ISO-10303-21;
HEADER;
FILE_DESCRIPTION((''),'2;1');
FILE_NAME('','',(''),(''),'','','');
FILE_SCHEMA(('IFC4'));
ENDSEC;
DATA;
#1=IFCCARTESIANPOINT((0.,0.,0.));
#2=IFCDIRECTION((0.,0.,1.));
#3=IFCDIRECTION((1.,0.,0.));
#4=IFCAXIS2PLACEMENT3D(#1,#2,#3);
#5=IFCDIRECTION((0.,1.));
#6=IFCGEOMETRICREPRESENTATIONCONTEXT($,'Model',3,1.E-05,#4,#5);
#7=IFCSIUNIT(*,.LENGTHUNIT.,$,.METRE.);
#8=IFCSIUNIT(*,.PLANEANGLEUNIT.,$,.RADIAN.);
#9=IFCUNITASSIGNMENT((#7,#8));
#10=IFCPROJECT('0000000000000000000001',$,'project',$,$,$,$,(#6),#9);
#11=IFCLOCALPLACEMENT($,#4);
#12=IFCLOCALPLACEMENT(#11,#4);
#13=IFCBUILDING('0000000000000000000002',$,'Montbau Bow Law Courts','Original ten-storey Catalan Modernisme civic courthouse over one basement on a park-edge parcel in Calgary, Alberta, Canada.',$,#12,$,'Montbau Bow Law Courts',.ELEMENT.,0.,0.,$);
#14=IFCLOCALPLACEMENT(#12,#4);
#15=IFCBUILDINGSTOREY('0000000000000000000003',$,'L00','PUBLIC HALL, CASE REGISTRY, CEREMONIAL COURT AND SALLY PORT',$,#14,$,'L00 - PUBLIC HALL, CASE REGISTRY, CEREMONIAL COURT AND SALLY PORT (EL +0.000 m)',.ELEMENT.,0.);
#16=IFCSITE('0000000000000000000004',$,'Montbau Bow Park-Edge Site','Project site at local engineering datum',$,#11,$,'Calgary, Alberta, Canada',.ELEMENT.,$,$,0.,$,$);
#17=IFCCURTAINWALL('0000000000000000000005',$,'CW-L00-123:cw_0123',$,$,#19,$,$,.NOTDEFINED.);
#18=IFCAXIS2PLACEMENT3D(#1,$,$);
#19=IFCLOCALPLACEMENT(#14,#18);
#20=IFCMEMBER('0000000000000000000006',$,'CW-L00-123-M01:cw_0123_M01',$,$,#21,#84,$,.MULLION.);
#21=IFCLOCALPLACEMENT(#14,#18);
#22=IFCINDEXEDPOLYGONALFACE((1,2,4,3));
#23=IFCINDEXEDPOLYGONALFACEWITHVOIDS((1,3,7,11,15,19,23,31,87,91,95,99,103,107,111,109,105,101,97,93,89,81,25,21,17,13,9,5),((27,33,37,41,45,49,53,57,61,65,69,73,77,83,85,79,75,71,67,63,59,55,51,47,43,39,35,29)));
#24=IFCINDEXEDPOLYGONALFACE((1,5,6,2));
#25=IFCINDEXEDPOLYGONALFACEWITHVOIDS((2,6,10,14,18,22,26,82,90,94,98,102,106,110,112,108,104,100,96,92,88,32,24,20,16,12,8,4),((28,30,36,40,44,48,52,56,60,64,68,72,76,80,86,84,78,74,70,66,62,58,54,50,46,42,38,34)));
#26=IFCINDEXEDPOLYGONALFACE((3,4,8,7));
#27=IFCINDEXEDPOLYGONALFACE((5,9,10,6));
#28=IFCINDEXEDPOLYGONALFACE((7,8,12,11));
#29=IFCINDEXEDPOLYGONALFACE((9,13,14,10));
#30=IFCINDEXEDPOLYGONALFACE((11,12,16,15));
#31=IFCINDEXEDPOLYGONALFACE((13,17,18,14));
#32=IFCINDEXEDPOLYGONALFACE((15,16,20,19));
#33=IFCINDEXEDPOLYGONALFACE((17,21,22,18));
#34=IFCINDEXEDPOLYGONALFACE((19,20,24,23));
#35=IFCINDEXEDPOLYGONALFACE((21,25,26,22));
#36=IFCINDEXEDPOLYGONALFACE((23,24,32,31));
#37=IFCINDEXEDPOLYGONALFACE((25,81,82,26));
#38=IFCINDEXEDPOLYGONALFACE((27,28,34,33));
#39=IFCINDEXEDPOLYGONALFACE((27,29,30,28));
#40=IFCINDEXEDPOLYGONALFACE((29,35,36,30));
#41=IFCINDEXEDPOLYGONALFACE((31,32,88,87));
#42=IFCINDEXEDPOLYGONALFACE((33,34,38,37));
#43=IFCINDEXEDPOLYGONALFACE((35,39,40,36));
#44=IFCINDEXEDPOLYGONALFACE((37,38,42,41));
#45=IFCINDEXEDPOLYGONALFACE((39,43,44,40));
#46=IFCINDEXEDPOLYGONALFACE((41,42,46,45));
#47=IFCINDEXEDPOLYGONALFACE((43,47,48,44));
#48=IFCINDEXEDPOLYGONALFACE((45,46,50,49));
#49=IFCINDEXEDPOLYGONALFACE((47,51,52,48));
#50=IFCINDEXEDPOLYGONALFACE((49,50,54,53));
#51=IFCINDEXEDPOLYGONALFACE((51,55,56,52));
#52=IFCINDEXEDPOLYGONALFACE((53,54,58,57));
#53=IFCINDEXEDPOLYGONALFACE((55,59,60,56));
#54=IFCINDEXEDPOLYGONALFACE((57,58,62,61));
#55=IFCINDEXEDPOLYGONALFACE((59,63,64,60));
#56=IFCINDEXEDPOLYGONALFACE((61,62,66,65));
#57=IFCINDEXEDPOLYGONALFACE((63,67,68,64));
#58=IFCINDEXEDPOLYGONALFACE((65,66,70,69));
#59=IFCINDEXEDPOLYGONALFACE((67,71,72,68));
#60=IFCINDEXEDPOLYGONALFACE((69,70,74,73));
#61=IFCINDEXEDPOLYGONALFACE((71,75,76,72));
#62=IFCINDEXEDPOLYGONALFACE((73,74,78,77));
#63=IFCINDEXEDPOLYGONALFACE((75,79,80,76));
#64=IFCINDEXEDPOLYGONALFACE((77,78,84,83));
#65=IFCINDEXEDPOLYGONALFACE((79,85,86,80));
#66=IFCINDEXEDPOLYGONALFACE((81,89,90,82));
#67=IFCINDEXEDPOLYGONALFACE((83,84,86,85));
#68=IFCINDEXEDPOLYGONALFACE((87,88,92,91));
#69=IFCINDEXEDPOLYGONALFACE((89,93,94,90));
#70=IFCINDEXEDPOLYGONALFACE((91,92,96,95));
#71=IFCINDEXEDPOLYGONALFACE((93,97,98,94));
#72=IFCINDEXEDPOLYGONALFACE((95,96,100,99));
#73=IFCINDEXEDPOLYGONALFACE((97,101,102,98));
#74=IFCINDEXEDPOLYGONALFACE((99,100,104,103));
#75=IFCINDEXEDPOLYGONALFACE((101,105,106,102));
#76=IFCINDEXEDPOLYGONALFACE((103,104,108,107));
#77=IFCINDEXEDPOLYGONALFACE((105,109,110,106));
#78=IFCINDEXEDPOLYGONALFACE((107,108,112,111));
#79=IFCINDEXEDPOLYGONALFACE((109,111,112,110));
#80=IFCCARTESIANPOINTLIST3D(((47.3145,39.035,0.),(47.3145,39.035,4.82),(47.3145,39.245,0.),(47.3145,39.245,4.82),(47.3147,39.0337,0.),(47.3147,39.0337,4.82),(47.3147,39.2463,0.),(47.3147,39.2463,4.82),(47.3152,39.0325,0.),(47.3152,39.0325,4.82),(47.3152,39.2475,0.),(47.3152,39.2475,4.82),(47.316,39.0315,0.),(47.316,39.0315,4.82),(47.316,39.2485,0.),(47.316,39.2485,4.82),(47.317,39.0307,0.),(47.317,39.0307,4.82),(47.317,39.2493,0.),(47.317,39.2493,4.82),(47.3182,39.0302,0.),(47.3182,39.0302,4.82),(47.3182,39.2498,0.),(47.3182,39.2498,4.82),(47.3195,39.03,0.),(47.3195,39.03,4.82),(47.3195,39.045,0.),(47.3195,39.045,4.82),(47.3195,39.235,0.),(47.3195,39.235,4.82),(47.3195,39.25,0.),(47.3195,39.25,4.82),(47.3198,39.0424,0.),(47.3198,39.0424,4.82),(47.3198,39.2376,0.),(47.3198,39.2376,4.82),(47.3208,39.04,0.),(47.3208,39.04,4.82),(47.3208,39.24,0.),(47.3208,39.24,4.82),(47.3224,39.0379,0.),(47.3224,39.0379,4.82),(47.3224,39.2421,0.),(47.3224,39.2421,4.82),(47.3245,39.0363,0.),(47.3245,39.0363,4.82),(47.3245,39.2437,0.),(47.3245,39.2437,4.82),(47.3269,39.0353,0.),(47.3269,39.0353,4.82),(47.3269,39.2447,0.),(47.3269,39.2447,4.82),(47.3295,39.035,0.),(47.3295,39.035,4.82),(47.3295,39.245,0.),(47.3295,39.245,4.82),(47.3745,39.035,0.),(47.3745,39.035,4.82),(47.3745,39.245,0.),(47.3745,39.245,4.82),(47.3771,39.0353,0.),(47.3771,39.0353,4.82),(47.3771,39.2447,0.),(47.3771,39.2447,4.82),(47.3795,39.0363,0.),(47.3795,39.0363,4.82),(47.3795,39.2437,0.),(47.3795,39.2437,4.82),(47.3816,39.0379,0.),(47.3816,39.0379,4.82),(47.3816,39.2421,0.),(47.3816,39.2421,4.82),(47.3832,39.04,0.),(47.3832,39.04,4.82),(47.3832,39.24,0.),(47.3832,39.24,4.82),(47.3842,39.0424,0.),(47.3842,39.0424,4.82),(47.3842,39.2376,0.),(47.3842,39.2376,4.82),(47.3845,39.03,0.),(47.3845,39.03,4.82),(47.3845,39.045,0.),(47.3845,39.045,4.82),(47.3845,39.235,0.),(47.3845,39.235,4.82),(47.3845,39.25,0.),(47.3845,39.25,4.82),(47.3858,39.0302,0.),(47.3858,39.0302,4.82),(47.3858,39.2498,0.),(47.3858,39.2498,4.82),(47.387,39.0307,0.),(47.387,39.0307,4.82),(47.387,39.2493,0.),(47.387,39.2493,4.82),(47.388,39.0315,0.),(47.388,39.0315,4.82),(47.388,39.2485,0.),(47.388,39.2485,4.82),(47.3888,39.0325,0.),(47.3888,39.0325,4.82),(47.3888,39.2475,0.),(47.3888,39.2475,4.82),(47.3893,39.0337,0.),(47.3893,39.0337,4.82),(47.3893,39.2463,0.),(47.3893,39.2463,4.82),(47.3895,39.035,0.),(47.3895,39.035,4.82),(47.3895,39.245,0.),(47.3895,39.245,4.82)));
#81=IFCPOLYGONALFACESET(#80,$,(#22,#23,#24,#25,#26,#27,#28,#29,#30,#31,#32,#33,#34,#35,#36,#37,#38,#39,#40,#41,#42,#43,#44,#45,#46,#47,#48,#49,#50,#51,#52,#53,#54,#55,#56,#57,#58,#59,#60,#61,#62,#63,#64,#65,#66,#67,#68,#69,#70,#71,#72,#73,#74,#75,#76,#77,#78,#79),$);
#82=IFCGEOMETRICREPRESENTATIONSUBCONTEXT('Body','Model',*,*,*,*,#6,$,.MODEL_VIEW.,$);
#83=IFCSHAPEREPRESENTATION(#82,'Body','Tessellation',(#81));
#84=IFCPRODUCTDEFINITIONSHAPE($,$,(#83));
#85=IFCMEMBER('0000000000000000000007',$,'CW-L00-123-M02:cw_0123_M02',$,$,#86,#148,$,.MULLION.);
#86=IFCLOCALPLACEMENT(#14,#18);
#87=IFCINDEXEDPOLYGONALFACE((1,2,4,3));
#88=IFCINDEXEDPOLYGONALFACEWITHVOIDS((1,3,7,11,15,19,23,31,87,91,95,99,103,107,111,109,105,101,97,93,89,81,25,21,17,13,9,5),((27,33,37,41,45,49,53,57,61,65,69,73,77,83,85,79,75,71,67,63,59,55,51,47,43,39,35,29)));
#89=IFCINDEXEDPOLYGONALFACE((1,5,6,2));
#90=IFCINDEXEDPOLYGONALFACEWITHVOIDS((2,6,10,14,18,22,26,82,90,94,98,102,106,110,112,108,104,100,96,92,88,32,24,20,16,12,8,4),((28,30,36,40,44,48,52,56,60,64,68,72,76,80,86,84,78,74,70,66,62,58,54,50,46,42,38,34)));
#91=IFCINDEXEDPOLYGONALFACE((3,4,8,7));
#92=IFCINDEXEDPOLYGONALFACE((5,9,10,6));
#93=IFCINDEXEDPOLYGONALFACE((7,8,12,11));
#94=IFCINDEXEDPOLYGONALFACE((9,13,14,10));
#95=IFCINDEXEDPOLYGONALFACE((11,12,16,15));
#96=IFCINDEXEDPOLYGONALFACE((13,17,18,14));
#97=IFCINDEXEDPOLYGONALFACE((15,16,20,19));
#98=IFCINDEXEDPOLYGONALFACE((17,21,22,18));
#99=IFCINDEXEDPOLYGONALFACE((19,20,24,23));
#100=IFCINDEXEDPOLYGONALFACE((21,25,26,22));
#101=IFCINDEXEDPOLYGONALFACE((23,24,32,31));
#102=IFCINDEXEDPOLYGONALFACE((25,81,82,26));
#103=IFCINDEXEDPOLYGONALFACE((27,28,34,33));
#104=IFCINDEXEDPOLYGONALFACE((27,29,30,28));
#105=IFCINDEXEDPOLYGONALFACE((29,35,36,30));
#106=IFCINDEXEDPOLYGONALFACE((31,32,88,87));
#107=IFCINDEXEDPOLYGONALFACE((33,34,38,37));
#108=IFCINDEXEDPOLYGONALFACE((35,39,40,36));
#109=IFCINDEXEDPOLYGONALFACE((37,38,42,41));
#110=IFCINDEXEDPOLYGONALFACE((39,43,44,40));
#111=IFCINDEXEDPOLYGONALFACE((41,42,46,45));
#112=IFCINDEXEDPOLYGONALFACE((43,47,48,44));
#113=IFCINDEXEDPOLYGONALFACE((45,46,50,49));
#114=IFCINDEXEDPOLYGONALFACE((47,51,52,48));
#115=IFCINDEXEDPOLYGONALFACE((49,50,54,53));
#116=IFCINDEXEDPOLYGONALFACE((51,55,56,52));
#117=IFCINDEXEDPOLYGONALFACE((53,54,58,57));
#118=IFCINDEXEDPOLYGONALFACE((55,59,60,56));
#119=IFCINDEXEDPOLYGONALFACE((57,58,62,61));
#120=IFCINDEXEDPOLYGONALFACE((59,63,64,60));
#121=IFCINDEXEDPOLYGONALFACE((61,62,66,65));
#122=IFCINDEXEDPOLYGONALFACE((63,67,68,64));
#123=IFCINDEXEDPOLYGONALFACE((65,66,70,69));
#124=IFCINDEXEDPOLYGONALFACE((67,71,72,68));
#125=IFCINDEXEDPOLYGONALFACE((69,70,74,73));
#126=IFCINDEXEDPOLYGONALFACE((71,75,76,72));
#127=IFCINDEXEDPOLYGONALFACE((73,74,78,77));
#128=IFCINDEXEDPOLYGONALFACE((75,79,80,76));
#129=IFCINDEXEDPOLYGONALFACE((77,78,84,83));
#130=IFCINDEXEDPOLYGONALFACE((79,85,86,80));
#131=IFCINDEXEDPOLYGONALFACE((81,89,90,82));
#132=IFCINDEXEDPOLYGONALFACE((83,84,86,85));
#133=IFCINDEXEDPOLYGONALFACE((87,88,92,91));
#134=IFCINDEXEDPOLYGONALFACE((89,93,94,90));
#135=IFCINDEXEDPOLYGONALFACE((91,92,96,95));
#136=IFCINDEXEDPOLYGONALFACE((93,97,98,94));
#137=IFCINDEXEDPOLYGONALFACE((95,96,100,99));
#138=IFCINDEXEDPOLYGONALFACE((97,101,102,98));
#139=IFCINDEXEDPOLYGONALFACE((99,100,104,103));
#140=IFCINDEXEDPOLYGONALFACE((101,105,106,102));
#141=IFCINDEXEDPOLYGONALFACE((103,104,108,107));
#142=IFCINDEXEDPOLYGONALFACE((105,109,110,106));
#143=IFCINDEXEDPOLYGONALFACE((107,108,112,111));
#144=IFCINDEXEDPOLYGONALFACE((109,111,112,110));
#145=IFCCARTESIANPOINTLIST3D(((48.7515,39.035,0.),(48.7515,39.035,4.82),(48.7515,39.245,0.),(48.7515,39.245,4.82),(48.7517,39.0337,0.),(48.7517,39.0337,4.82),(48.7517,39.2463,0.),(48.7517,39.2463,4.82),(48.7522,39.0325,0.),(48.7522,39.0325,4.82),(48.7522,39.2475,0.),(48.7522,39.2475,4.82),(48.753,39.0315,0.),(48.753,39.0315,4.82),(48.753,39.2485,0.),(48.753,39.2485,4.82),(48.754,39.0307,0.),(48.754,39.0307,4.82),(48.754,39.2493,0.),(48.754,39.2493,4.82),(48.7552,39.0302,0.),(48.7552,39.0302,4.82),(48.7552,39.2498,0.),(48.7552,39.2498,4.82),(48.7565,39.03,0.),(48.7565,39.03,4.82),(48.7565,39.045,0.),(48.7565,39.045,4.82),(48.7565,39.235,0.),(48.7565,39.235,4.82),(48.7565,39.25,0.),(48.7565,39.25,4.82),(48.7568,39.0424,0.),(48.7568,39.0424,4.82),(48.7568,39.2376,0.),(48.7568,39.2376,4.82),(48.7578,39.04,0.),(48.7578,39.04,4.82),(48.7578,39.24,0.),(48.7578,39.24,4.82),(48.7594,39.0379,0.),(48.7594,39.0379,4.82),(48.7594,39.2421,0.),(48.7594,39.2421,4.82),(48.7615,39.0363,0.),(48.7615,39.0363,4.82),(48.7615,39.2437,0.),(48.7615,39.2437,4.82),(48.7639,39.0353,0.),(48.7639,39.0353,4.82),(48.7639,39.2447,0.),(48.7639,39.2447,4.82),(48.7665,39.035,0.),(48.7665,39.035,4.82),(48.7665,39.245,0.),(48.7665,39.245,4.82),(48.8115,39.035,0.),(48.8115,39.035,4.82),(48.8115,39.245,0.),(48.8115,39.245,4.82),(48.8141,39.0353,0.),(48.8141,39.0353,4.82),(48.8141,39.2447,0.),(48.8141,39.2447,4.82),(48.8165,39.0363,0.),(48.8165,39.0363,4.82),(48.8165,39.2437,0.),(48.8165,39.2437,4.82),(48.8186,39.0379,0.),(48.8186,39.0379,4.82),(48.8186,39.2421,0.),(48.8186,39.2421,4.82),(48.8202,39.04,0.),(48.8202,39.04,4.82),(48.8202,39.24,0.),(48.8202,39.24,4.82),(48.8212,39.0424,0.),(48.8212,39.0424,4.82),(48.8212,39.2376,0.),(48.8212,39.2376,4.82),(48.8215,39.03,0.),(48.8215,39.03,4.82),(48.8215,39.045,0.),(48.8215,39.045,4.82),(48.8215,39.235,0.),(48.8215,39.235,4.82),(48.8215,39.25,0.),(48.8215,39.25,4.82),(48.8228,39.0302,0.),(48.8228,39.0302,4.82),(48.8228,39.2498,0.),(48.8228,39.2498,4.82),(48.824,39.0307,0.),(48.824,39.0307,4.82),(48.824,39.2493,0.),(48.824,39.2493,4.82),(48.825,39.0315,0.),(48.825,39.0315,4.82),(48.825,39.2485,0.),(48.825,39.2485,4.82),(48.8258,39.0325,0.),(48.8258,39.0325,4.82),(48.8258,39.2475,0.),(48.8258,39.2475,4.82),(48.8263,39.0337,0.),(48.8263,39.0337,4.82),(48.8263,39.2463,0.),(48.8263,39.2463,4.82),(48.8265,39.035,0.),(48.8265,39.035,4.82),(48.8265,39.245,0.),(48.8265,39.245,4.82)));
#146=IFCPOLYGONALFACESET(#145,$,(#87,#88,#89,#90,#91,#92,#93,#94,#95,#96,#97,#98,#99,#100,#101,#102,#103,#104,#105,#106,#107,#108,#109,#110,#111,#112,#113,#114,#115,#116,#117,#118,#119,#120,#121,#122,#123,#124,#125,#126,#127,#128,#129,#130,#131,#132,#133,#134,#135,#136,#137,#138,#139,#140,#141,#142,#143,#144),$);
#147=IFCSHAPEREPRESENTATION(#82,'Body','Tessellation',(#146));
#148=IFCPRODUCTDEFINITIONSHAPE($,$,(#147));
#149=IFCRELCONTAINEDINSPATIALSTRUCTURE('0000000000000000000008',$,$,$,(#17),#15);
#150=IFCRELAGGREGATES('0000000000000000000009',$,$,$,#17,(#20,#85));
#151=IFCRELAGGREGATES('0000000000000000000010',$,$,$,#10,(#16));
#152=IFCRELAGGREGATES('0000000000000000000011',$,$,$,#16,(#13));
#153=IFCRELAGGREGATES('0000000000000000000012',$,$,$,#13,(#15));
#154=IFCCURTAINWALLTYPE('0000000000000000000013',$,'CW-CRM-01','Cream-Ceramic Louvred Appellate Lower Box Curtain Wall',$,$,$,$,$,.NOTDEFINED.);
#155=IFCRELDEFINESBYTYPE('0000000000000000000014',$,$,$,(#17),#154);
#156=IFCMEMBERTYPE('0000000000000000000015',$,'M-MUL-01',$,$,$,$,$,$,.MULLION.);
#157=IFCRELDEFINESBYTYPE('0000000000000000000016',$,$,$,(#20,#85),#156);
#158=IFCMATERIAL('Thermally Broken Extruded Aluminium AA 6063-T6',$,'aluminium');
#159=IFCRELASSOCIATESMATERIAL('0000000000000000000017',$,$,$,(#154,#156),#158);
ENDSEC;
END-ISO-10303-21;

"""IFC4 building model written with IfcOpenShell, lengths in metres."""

from ifc_helpers import new_model, si_unit, direction, frame, origin_with_axes, origin_2d_with_axis, place, context, subcontext, project, spatial, hollow_rectangle, extrude, material, material_profile, profile_set, type_object, element, aggregate, save


model = new_model("IFC4")

# Units and contexts
model_context = context("Model", 3, precision=1e-05, world=origin_with_axes(), true_north=direction((0.0, 1.0)))
body_context = subcontext(model_context, "Body", "Model", "MODEL_VIEW")
ifc_project = project(units=[si_unit("LENGTHUNIT", "METRE"), si_unit("PLANEANGLEUNIT", "RADIAN")], contexts=[model_context])

# Site, building, storey
site_placement = place(None, origin_with_axes())
site = spatial("IfcSite", under=ifc_project, at=site_placement, Name="Montbau Bow Park-Edge Site", Description="Project site at local engineering datum", LongName="Calgary, Alberta, Canada", CompositionType="ELEMENT", RefElevation=0.0)
building_placement = place(site_placement, origin_with_axes())
building = spatial("IfcBuilding", under=site, at=building_placement, Name="Montbau Bow Law Courts", Description="Original ten-storey Catalan Modernisme civic courthouse over one basement on a park-edge parcel in Calgary, Alberta, Canada.", LongName="Montbau Bow Law Courts", CompositionType="ELEMENT", ElevationOfRefHeight=0.0, ElevationOfTerrain=0.0)
storey_placement = place(building_placement, origin_with_axes())
storey = spatial("IfcBuildingStorey", under=building, at=storey_placement, Name="L00", Description="PUBLIC HALL, CASE REGISTRY, CEREMONIAL COURT AND SALLY PORT", LongName="L00 - PUBLIC HALL, CASE REGISTRY, CEREMONIAL COURT AND SALLY PORT (EL +0.000 m)", CompositionType="ELEMENT", Elevation=0.0)

# Curtain wall, members
ifc_material_1 = material(Name="Thermally Broken Extruded Aluminium AA 6063-T6", Category="aluminium")
curtain_wall_type = type_object("IfcCurtainWallType", Name="CW-CRM-01", Description="Cream-Ceramic Louvred Appellate Lower Box Curtain Wall", PredefinedType="NOTDEFINED", material=ifc_material_1)
curtain_wall_placement = place(None, frame((47.315, 39.14, 0.0), z_axis=(0.0, 0.0, 1.0), x_axis=(1.0, 0.0, 0.0)))
curtain_wall = element("IfcCurtainWall", 1, at=curtain_wall_placement, inside=storey, type_object=curtain_wall_type, Name="CW-L00-123:cw_0123", PredefinedType="NOTDEFINED")
ifc_material_profile_1 = material_profile(ifc_material_1, hollow_rectangle(XDim=0.075, YDim=0.22, WallThickness=0.005, InnerFilletRadius=0.01, OuterFilletRadius=0.005, at=origin_2d_with_axis()), Name="CWM-220X75", Category="Main", Priority=0)
ifc_profile_set_1 = profile_set([ifc_material_profile_1], Name="Thermally Broken Extruded Aluminium AA 6063-T6")
member_type_1 = type_object("IfcMemberType", Name="M-MUL-01", PredefinedType="MULLION", material=ifc_profile_set_1)
member_1_placement = place(None, frame((47.352, 39.14, 0.0), z_axis=(0.0, 0.0, 1.0), x_axis=(1.0, 0.0, 0.0)))
member_1 = element("IfcMember", 2, at=member_1_placement, type_object=member_type_1, Name="CW-L00-123-M01:cw_0123_M01", PredefinedType="MULLION", context=body_context, shape_type="SweptSolid", body=[
    extrude(hollow_rectangle(XDim=0.075, YDim=0.22, WallThickness=0.005, InnerFilletRadius=0.01, OuterFilletRadius=0.005, at=origin_2d_with_axis()), origin_with_axes(), (0.0, 0.0, 1.0), 4.82),
])
member_2_placement = place(None, frame((48.789, 39.14, 0.0), z_axis=(0.0, 0.0, 1.0), x_axis=(1.0, 0.0, 0.0)))
member_2 = element("IfcMember", 3, at=member_2_placement, type_object=member_type_1, Name="CW-L00-123-M02:cw_0123_M02", PredefinedType="MULLION", context=body_context, shape_type="SweptSolid", body=[
    extrude(hollow_rectangle(XDim=0.075, YDim=0.22, WallThickness=0.005, InnerFilletRadius=0.01, OuterFilletRadius=0.005, at=origin_2d_with_axis()), origin_with_axes(), (0.0, 0.0, 1.0), 4.82),
])
aggregate(curtain_wall, [member_1, member_2])

save(model, "model.ifc")
